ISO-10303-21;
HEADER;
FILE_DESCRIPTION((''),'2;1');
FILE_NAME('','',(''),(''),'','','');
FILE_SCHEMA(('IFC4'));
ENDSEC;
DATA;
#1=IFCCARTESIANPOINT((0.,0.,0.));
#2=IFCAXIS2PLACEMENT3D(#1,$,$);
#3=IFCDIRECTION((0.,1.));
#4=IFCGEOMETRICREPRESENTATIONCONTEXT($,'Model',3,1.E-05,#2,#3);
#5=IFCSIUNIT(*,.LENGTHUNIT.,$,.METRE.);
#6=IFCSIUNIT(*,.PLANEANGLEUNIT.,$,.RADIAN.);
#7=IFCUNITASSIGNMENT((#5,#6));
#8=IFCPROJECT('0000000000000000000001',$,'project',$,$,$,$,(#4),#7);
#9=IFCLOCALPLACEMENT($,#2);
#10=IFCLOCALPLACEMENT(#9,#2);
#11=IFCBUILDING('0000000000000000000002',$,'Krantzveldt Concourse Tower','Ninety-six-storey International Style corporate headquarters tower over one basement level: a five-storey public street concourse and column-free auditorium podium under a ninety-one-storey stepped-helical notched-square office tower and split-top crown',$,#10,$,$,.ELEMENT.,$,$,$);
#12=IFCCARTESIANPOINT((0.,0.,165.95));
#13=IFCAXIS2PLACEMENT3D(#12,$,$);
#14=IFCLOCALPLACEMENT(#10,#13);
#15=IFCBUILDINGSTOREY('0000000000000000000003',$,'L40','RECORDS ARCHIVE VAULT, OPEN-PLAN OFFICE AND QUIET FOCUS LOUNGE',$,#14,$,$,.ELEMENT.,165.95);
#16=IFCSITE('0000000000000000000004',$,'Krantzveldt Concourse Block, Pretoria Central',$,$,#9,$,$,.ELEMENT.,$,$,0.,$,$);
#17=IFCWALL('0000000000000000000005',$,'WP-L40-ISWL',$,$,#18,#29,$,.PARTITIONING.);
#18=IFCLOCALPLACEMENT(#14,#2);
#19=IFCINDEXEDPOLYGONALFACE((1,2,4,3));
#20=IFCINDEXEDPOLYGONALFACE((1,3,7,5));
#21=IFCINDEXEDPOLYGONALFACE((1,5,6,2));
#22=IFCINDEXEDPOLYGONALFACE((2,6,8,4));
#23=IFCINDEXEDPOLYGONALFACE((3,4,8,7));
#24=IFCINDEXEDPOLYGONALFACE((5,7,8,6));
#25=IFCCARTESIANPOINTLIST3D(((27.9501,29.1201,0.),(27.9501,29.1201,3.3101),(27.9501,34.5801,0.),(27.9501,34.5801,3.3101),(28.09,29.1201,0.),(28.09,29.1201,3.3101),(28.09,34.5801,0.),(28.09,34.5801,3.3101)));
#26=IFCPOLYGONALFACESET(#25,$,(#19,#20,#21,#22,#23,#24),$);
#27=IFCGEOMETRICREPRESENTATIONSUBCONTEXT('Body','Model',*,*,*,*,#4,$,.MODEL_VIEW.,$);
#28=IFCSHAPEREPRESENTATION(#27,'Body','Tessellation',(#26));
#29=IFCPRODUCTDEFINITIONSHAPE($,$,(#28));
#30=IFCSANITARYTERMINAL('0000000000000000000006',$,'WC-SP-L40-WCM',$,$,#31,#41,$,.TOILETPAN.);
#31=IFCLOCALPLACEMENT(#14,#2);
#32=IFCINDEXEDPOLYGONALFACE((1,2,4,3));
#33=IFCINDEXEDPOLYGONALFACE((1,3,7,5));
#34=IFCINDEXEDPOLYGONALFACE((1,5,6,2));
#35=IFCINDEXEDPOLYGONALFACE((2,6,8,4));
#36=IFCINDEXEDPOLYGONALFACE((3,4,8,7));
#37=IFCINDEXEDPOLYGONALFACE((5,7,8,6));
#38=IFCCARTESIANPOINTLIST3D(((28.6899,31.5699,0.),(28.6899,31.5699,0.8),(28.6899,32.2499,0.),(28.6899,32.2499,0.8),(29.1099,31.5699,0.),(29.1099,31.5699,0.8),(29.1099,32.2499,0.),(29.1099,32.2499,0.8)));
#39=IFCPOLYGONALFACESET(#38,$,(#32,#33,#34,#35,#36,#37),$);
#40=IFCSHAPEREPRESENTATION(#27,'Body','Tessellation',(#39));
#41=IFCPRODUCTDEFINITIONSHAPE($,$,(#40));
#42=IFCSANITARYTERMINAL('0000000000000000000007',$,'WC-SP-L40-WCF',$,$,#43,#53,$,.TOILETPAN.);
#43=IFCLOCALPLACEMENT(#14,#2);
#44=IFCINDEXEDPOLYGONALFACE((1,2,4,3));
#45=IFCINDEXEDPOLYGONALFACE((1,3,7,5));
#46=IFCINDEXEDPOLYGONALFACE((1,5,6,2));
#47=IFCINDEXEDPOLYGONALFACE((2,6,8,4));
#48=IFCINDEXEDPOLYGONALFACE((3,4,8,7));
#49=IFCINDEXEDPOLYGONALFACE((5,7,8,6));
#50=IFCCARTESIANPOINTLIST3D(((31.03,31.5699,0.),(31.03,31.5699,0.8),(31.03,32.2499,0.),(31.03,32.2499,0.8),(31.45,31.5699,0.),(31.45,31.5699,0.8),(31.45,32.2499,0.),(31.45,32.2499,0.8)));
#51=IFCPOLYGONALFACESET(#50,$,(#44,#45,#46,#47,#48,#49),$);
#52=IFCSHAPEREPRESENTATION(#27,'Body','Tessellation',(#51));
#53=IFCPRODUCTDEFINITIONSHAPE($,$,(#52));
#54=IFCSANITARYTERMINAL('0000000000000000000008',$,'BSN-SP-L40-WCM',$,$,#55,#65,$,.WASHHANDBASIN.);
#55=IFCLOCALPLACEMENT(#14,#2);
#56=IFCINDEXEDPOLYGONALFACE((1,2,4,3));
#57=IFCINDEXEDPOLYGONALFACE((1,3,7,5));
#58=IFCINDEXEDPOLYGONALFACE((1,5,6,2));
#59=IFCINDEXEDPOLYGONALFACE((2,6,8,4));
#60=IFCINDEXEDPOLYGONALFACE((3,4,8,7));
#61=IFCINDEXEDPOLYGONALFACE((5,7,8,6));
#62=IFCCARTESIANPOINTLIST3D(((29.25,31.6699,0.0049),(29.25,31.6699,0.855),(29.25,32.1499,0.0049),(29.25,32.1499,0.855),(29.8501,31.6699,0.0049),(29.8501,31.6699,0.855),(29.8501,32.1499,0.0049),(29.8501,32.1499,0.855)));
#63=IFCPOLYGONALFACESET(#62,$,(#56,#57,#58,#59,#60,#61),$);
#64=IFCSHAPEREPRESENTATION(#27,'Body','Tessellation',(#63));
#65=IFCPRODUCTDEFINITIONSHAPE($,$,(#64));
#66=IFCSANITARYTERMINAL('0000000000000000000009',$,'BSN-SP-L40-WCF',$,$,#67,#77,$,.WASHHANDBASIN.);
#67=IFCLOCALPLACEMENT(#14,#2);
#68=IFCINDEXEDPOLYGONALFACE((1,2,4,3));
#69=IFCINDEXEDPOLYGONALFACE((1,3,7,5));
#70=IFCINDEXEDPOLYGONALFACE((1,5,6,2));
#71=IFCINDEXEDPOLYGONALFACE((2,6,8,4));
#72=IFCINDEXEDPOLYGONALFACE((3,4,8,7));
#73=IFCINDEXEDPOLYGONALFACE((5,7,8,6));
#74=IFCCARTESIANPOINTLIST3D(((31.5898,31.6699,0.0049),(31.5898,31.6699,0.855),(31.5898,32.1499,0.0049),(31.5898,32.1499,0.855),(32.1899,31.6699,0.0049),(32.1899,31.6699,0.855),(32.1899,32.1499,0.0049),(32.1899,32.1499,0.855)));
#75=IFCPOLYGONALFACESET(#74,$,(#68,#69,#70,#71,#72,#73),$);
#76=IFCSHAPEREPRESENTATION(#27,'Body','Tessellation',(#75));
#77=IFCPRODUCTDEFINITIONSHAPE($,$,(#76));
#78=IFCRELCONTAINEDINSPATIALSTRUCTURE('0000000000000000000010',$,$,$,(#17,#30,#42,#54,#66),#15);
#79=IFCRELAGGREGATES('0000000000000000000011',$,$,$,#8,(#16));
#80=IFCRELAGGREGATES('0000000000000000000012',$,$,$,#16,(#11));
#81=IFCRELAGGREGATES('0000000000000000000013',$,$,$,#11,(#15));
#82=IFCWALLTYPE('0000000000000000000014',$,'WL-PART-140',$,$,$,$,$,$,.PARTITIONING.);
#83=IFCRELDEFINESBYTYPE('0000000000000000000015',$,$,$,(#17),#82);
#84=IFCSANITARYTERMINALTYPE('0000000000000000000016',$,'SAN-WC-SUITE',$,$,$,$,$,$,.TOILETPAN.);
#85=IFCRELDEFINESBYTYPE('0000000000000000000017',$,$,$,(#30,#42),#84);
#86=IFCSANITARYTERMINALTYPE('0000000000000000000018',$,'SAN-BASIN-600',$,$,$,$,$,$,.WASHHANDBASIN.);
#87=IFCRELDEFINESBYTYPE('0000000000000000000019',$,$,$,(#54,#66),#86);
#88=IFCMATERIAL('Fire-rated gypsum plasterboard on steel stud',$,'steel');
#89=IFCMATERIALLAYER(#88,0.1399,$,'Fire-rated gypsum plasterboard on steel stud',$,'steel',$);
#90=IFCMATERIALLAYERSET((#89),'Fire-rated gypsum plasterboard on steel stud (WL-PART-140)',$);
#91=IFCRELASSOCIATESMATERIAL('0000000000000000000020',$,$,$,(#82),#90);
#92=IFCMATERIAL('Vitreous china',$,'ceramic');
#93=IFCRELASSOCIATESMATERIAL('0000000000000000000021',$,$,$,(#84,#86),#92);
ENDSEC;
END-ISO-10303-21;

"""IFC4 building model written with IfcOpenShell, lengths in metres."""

from ifc_helpers import new_model, si_unit, direction, frame, frame_2d, origin, origin_2d, place, context, subcontext, project, spatial, rectangle, extrude, source, transform, mapped, material, layer, layer_set, type_object, type_shapes, element, save


model = new_model("IFC4")

# Units and contexts
model_context = context("Model", 3, precision=1e-05, world=origin(), true_north=direction((0.0, 1.0)))
body_context = subcontext(model_context, "Body", "Model", "MODEL_VIEW")
ifc_project = project(units=[si_unit("LENGTHUNIT", "METRE"), si_unit("PLANEANGLEUNIT", "RADIAN")], contexts=[model_context])

# Site, building, storey
site_placement = place(None, origin())
site = spatial("IfcSite", under=ifc_project, at=site_placement, Name="Krantzveldt Concourse Block, Pretoria Central", CompositionType="ELEMENT", RefElevation=0.0)
building_placement = place(site_placement, origin())
building = spatial("IfcBuilding", under=site, at=building_placement, Name="Krantzveldt Concourse Tower", Description="Ninety-six-storey International Style corporate headquarters tower over one basement level: a five-storey public street concourse and column-free auditorium podium under a ninety-one-storey stepped-helical notched-square office tower and split-top crown", CompositionType="ELEMENT")
storey_placement = place(building_placement, frame((0.0, 0.0, 165.95)))
storey = spatial("IfcBuildingStorey", under=building, at=storey_placement, Name="L40", Description="RECORDS ARCHIVE VAULT, OPEN-PLAN OFFICE AND QUIET FOCUS LOUNGE", CompositionType="ELEMENT", Elevation=165.95)

# Shared definitions
ifc_material_1 = material(Name="Fire-rated gypsum plasterboard on steel stud", Category="steel")

# Wall
ifc_layer_1 = layer(ifc_material_1, 0.1399, Name="Fire-rated gypsum plasterboard on steel stud", Category="steel")
ifc_layer_set_1 = layer_set([ifc_layer_1], Name="Fire-rated gypsum plasterboard on steel stud (WL-PART-140)")
wall_type_1 = type_object("IfcWallType", Name="WL-PART-140", PredefinedType="PARTITIONING", material=ifc_layer_set_1)
wall_1_placement = place(storey_placement, frame((28.02, 29.1201, 0.0), z_axis=(0.0, 0.0, 1.0), x_axis=(0.0, 1.0, 0.0)))
element("IfcWall", 1, at=wall_1_placement, inside=storey, type_object=wall_type_1, Name="WP-L40-ISWL", PredefinedType="PARTITIONING", context=body_context, shape_type="SweptSolid", body=[
    extrude(rectangle(XDim=5.46, YDim=0.1399, at=frame_2d((2.73, 0.0))), origin(), (0.0, 0.0, 1.0), 3.3101),
])

# Sanitary terminals
ifc_material_2 = material(Name="Vitreous china", Category="ceramic")
sanitary_terminal_type_1 = type_object("IfcSanitaryTerminalType", Name="SAN-WC-SUITE", PredefinedType="TOILETPAN", material=ifc_material_2)
shared_shape_1 = source(origin(), body_context, "Body", "SweptSolid", [
    extrude(rectangle(XDim=0.4199, YDim=0.6799, at=origin_2d()), origin(), (0.0, 0.0, 1.0), 0.8),
])
type_shapes(sanitary_terminal_type_1, [shared_shape_1])
for number, where, z_axis, x_axis, name in (
    (2, (28.8999, 31.9099, 0.0), (0.0, 0.0, 1.0), (1.0, 0.0, 0.0), "WC-SP-L40-WCM"),
    (3, (31.24, 31.9099, 0.0), (0.0, 0.0, 1.0), (1.0, 0.0, 0.0), "WC-SP-L40-WCF"),
):
    element("IfcSanitaryTerminal", number, at=place(storey_placement, frame(where, z_axis=z_axis, x_axis=x_axis)), inside=storey, type_object=sanitary_terminal_type_1, Name=name, PredefinedType="TOILETPAN", context=body_context, shape_type="MappedRepresentation", body=[
        mapped(shared_shape_1, transform((0.0, 0.0, 0.0), x_axis=(1.0, 0.0, 0.0), y_axis=(0.0, 1.0, 0.0), z_axis=(0.0, 0.0, 1.0), scale=1.0)),
    ])
sanitary_terminal_type_2 = type_object("IfcSanitaryTerminalType", Name="SAN-BASIN-600", PredefinedType="WASHHANDBASIN", material=ifc_material_2)
shared_shape_2 = source(origin(), body_context, "Body", "SweptSolid", [
    extrude(rectangle(XDim=0.6001, YDim=0.48, at=origin_2d()), origin(), (0.0, 0.0, 1.0), 0.8501),
])
type_shapes(sanitary_terminal_type_2, [shared_shape_2])
for number, where, z_axis, x_axis, name in (
    (4, (29.55, 31.9099, 0.0049), (0.0, 0.0, 1.0), (1.0, 0.0, 0.0), "BSN-SP-L40-WCM"),
    (5, (31.8899, 31.9099, 0.0049), (0.0, 0.0, 1.0), (1.0, 0.0, 0.0), "BSN-SP-L40-WCF"),
):
    element("IfcSanitaryTerminal", number, at=place(storey_placement, frame(where, z_axis=z_axis, x_axis=x_axis)), inside=storey, type_object=sanitary_terminal_type_2, Name=name, PredefinedType="WASHHANDBASIN", context=body_context, shape_type="MappedRepresentation", body=[
        mapped(shared_shape_2, transform((0.0, 0.0, 0.0), x_axis=(1.0, 0.0, 0.0), y_axis=(0.0, 1.0, 0.0), z_axis=(0.0, 0.0, 1.0), scale=1.0)),
    ])

save(model, "model.ifc")
